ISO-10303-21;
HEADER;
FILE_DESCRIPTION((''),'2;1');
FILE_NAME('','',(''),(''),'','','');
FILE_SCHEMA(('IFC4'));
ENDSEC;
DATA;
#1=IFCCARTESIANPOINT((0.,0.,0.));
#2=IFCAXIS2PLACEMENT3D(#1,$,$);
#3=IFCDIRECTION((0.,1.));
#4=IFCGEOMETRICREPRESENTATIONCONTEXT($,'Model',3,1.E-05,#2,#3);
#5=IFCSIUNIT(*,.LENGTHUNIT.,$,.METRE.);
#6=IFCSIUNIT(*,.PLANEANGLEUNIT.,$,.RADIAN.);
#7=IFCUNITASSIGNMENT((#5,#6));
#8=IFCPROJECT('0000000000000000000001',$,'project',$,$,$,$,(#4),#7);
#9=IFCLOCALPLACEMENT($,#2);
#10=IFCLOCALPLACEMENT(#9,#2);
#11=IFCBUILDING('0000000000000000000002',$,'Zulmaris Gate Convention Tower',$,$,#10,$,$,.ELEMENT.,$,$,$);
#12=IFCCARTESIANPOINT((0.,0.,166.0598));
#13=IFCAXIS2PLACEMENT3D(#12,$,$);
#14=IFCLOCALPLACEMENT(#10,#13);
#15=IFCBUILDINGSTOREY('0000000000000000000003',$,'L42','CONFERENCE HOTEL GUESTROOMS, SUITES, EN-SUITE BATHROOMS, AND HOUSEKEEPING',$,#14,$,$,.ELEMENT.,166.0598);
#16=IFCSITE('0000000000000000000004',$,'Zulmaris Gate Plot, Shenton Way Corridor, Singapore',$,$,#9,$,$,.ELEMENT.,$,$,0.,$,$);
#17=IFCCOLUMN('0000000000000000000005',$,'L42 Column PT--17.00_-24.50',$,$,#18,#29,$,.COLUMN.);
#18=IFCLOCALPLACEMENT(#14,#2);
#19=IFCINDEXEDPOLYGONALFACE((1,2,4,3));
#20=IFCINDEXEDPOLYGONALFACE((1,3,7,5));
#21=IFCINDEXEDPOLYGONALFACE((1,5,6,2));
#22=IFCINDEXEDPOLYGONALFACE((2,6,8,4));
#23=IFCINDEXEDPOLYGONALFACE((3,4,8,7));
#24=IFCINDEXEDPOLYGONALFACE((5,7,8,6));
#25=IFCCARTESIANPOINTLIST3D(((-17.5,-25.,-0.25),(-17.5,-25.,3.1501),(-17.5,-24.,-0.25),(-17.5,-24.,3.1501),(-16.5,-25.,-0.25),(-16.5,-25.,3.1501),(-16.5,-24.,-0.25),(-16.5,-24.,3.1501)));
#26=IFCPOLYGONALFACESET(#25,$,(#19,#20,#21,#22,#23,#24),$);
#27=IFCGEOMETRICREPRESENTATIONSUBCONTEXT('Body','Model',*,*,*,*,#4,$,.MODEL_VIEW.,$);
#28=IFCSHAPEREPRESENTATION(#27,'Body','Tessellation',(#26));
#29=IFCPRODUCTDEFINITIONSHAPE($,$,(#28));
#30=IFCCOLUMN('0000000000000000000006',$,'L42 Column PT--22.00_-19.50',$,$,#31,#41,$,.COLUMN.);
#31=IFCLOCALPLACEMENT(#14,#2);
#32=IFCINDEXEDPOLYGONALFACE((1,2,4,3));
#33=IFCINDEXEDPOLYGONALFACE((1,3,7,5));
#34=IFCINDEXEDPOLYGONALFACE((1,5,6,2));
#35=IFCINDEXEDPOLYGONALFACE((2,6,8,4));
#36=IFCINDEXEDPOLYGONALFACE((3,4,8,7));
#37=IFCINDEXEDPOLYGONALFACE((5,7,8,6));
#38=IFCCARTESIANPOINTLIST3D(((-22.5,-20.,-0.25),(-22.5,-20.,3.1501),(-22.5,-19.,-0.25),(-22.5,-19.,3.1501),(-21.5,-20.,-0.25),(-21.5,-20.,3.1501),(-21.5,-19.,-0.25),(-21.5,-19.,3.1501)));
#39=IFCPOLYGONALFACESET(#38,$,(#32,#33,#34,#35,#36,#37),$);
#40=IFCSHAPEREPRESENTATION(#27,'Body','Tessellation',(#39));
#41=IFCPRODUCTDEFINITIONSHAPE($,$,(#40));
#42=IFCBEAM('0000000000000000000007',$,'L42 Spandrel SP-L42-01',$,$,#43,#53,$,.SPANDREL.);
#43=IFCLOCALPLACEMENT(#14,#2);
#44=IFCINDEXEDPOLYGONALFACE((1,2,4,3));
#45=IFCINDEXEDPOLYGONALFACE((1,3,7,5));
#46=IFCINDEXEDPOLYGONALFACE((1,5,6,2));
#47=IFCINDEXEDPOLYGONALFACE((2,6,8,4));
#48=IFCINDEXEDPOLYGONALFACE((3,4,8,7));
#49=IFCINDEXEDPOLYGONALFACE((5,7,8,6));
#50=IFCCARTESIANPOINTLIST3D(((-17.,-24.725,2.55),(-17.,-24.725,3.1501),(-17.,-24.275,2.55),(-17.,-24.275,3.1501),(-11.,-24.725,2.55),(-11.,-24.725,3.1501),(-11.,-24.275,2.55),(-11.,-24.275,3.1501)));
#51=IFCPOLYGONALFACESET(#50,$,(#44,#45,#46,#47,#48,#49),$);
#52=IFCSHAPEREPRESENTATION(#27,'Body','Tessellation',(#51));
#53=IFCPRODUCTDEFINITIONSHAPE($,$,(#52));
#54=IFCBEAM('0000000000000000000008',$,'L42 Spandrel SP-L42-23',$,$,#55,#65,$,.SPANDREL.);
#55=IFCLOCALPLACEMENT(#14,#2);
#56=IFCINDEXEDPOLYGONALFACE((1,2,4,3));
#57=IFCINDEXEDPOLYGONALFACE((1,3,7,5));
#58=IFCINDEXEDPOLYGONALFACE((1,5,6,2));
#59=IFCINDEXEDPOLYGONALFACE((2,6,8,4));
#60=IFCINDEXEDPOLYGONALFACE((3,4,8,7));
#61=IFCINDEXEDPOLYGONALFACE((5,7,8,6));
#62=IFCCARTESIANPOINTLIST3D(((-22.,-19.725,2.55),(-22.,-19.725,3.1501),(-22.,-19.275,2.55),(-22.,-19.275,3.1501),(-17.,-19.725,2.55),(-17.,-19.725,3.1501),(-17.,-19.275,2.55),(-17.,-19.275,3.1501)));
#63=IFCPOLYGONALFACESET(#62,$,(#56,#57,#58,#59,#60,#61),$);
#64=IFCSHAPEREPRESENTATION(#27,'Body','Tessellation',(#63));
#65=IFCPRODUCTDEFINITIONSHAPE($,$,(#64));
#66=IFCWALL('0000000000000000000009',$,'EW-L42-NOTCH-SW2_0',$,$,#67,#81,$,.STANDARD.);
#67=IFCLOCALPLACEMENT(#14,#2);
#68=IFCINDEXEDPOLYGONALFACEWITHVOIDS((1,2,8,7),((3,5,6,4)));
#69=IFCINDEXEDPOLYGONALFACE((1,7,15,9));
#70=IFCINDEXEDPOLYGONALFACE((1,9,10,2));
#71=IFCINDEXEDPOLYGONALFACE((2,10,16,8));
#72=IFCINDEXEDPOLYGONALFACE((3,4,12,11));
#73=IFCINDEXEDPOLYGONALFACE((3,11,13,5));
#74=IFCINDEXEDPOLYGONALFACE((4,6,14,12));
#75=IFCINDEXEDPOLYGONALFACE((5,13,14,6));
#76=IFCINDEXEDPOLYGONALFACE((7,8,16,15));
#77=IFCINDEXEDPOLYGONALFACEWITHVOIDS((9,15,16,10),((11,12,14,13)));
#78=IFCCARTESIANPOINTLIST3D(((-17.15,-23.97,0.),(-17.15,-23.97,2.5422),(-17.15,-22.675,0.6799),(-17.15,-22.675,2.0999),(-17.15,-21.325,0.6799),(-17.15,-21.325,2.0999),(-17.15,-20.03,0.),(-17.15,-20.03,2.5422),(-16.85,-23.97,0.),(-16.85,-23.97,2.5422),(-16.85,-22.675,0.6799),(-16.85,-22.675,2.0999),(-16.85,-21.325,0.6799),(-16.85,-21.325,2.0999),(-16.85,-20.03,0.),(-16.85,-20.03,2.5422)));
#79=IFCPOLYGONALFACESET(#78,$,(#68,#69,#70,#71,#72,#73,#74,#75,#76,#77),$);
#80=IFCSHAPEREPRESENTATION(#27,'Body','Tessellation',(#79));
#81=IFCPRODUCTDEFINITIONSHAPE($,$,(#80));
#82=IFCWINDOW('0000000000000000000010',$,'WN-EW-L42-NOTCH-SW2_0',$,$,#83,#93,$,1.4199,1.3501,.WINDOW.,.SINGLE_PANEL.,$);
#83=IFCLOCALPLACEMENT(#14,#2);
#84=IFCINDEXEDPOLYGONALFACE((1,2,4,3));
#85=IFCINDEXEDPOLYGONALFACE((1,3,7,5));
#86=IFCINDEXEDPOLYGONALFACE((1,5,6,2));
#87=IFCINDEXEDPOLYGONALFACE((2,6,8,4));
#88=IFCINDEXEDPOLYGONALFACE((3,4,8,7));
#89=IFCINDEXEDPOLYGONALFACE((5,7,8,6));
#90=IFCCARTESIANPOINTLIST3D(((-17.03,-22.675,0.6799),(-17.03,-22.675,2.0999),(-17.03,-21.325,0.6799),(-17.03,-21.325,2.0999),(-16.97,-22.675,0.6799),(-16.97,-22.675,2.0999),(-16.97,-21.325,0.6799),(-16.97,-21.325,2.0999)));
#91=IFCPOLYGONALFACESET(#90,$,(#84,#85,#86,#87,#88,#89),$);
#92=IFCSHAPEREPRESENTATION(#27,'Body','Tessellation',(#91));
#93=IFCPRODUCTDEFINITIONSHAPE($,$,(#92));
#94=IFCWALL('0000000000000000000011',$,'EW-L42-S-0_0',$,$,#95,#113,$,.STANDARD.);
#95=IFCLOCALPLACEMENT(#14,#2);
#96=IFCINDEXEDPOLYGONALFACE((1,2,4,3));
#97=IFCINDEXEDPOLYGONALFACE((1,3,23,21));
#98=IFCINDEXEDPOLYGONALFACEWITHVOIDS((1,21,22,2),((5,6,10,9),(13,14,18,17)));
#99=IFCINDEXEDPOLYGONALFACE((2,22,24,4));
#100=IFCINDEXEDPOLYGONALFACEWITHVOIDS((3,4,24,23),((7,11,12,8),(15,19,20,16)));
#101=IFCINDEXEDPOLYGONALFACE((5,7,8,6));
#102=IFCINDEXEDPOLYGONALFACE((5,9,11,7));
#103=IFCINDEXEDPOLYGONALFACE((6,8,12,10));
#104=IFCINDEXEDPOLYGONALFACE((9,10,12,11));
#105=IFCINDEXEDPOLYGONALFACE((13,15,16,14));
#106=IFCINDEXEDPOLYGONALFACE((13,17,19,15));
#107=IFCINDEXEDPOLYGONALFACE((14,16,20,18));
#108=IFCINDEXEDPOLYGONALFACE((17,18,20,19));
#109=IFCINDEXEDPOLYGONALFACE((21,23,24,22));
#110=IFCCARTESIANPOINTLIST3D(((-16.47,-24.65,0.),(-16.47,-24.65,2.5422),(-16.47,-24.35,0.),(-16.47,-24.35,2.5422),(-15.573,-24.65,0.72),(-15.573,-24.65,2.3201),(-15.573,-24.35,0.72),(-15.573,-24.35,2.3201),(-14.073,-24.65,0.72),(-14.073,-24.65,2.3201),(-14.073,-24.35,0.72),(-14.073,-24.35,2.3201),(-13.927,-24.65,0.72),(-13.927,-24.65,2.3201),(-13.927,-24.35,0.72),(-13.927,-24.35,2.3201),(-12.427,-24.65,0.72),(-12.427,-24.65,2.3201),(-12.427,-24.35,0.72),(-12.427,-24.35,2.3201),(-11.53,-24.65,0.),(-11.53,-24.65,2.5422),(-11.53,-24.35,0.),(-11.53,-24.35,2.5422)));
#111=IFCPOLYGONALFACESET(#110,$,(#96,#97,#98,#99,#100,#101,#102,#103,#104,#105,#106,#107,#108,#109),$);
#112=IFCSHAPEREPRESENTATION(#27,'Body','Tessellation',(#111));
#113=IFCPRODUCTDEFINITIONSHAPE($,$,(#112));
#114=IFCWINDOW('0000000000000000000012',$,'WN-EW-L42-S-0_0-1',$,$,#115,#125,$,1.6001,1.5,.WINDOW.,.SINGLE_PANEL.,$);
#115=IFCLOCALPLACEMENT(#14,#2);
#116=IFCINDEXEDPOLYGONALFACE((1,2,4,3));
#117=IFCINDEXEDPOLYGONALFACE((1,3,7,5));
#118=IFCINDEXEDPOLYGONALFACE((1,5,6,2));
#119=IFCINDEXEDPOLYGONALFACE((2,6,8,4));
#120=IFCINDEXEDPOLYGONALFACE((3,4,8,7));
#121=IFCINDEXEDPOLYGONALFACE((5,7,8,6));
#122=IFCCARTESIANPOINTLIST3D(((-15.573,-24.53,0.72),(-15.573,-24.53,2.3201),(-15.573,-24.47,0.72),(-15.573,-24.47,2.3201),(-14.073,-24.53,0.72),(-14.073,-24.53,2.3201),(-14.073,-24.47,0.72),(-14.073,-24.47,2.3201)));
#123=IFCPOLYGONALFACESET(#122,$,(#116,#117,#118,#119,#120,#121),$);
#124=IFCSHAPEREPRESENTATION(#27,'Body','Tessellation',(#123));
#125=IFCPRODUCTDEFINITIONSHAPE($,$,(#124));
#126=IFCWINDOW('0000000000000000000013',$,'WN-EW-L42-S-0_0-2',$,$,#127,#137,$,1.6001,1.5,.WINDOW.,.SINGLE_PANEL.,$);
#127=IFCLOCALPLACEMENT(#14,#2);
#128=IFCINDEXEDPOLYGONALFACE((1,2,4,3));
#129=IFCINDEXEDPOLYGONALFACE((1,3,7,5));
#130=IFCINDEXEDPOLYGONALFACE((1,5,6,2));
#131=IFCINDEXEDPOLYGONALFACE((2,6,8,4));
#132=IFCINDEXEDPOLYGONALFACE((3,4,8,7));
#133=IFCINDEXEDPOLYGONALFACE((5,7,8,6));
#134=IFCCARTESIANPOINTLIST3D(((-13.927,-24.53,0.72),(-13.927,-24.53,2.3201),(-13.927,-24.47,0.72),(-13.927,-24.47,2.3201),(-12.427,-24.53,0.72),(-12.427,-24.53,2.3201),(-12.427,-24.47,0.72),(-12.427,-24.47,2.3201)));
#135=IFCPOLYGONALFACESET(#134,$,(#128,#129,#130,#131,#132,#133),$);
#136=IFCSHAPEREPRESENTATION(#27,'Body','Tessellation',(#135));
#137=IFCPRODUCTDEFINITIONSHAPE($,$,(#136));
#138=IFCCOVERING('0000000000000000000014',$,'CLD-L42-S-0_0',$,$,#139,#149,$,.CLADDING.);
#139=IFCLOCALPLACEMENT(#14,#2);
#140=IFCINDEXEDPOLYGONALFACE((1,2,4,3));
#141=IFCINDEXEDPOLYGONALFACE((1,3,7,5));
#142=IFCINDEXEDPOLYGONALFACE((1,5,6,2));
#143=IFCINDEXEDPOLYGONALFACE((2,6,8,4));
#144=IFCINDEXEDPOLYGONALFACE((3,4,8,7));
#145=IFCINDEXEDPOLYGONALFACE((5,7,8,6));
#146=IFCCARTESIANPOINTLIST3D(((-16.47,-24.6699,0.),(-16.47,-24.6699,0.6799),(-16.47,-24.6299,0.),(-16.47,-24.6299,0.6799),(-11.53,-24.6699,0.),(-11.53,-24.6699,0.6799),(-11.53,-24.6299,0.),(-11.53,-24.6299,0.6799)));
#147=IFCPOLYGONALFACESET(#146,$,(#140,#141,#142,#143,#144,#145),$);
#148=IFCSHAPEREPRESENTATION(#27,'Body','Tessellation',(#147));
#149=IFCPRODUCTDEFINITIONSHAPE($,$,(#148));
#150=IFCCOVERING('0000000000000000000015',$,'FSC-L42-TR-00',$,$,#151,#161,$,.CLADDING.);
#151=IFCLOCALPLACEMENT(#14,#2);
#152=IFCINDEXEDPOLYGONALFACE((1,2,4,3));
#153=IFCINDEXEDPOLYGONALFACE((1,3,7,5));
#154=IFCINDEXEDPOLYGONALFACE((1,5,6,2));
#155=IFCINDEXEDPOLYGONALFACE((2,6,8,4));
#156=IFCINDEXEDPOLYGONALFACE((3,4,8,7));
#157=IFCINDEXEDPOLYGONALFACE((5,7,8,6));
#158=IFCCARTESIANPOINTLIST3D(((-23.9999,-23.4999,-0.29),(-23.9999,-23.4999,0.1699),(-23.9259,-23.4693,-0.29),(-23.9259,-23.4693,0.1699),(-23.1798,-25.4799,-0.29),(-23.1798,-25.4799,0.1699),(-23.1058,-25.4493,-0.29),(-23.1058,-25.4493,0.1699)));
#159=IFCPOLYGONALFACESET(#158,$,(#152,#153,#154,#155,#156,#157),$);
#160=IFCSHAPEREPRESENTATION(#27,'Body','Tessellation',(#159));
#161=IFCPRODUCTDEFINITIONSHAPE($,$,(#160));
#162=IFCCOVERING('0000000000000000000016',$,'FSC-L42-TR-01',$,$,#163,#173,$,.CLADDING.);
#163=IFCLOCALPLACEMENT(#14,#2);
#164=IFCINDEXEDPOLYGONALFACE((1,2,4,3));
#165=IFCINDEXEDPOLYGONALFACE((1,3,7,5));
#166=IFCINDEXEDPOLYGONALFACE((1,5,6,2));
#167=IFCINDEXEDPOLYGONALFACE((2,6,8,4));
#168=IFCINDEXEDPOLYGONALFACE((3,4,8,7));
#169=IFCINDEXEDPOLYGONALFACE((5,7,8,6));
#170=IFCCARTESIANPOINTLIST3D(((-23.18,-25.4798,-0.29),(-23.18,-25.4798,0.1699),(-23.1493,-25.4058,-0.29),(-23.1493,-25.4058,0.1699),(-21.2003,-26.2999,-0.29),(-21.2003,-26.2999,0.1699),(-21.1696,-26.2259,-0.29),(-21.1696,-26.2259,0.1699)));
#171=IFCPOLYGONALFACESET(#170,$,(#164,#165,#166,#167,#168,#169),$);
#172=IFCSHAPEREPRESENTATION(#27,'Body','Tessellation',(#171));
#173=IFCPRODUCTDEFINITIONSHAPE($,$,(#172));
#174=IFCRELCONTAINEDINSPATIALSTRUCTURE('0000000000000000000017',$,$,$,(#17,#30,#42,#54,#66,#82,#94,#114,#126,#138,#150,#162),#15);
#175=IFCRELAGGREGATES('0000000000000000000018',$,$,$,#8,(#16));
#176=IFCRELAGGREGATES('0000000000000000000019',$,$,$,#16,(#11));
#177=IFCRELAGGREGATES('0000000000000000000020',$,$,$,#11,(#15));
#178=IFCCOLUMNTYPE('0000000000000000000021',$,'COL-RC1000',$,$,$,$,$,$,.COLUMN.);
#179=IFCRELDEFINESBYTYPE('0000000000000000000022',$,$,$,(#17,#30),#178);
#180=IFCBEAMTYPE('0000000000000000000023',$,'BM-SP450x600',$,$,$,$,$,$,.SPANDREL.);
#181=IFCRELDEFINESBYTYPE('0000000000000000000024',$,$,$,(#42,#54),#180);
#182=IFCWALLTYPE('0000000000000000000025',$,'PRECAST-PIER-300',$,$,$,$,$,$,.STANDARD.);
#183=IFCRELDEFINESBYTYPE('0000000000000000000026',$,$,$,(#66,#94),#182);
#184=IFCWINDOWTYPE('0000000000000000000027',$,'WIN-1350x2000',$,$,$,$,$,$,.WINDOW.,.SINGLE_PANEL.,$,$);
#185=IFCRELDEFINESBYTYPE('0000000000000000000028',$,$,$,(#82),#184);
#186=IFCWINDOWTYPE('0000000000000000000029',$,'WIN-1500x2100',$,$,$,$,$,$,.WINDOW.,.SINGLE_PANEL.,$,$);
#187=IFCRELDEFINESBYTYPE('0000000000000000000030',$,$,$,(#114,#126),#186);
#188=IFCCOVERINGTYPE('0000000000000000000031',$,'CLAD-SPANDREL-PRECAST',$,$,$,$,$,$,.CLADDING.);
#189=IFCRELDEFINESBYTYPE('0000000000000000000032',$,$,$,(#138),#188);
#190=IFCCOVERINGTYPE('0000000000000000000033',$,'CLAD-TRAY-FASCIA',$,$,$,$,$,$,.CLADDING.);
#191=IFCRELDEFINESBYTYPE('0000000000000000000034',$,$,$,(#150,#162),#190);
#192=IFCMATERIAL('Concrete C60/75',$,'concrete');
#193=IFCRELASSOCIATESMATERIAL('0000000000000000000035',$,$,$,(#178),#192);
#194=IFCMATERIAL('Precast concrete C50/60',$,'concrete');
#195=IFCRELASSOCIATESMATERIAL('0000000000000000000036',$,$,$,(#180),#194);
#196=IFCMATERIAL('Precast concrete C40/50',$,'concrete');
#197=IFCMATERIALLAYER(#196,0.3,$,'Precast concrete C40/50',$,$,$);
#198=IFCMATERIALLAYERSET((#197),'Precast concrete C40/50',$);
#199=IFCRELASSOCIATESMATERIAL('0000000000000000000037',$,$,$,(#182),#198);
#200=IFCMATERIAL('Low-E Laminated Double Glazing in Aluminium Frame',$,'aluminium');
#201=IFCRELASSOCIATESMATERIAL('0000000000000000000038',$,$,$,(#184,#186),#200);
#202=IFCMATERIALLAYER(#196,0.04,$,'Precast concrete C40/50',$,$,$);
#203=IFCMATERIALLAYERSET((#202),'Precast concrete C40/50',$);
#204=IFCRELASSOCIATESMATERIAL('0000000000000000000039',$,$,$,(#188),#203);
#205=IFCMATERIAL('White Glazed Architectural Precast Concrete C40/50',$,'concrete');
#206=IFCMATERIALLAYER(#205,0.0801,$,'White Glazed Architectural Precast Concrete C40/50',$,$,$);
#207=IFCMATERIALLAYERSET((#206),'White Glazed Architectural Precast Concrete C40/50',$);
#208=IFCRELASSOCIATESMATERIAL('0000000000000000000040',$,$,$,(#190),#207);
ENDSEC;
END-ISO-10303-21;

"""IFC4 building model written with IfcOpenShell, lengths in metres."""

from ifc_helpers import new_model, si_unit, direction, frame, frame_2d, origin, origin_2d, place, context, subcontext, project, spatial, rectangle, extrude, material, layer, layer_set, material_profile, profile_set, type_object, element, fill, save


model = new_model("IFC4")

# Units and contexts
model_context = context("Model", 3, precision=1e-05, world=origin(), true_north=direction((0.0, 1.0)))
body_context = subcontext(model_context, "Body", "Model", "MODEL_VIEW")
ifc_project = project(units=[si_unit("LENGTHUNIT", "METRE"), si_unit("PLANEANGLEUNIT", "RADIAN")], contexts=[model_context])

# Site, building, storey
site_placement = place(None, origin())
site = spatial("IfcSite", under=ifc_project, at=site_placement, Name="Zulmaris Gate Plot, Shenton Way Corridor, Singapore", CompositionType="ELEMENT", RefElevation=0.0)
building_placement = place(site_placement, origin())
building = spatial("IfcBuilding", under=site, at=building_placement, Name="Zulmaris Gate Convention Tower", CompositionType="ELEMENT")
storey_placement = place(building_placement, frame((0.0, 0.0, 166.0598)))
storey = spatial("IfcBuildingStorey", under=building, at=storey_placement, Name="L42", Description="CONFERENCE HOTEL GUESTROOMS, SUITES, EN-SUITE BATHROOMS, AND HOUSEKEEPING", CompositionType="ELEMENT", Elevation=166.0598)

# Columns
ifc_material_1 = material(Name="Concrete C60/75", Category="concrete")
ifc_material_profile_1 = material_profile(ifc_material_1, rectangle(XDim=1.0, YDim=1.0, at=origin_2d()), Name="RC COL 1000x1000")
ifc_profile_set_1 = profile_set([ifc_material_profile_1], Name="Concrete C60/75")
column_type = type_object("IfcColumnType", Name="COL-RC1000", PredefinedType="COLUMN", material=ifc_profile_set_1)
for number, where, z_axis, x_axis, name in (
    (1, (-17.0, -24.5, -0.25), (0.0, 0.0, 1.0), (1.0, 0.0, 0.0), "L42 Column PT--17.00_-24.50"),
    (2, (-22.0, -19.5, -0.25), (0.0, 0.0, 1.0), (1.0, 0.0, 0.0), "L42 Column PT--22.00_-19.50"),
):
    element("IfcColumn", number, at=place(storey_placement, frame(where, z_axis=z_axis, x_axis=x_axis)), inside=storey, type_object=column_type, Name=name, PredefinedType="COLUMN", context=body_context, shape_type="SweptSolid", body=[
        extrude(rectangle(XDim=1.0, YDim=1.0, at=origin_2d()), origin(), (0.0, 0.0, 1.0), 3.4001),
    ])

# Beams
ifc_material_2 = material(Name="Precast concrete C50/60", Category="concrete")
ifc_material_profile_2 = material_profile(ifc_material_2, rectangle(XDim=0.45, YDim=0.6001, at=origin_2d()), Name="RC SPANDREL 450x600")
ifc_profile_set_2 = profile_set([ifc_material_profile_2], Name="Precast concrete C50/60")
beam_type = type_object("IfcBeamType", Name="BM-SP450x600", PredefinedType="SPANDREL", material=ifc_profile_set_2)
beam_1_placement = place(storey_placement, frame((-17.0, -24.5, 2.8501), z_axis=(1.0, 0.0, 0.0), x_axis=(0.0, 1.0, 0.0)))
element("IfcBeam", 3, at=beam_1_placement, inside=storey, type_object=beam_type, Name="L42 Spandrel SP-L42-01", PredefinedType="SPANDREL", context=body_context, shape_type="SweptSolid", body=[
    extrude(rectangle(XDim=0.45, YDim=0.6001, at=origin_2d()), origin(), (0.0, 0.0, 1.0), 6.0),
])
beam_2_placement = place(storey_placement, frame((-22.0, -19.5, 2.8501), z_axis=(1.0, 0.0, 0.0), x_axis=(0.0, 1.0, 0.0)))
element("IfcBeam", 4, at=beam_2_placement, inside=storey, type_object=beam_type, Name="L42 Spandrel SP-L42-23", PredefinedType="SPANDREL", context=body_context, shape_type="SweptSolid", body=[
    extrude(rectangle(XDim=0.45, YDim=0.6001, at=origin_2d()), origin(), (0.0, 0.0, 1.0), 5.0),
])

# Wall, opening, window
ifc_material_3 = material(Name="Precast concrete C40/50", Category="concrete")
ifc_layer_1 = layer(ifc_material_3, 0.3, Name="Precast concrete C40/50")
ifc_layer_set_1 = layer_set([ifc_layer_1], Name="Precast concrete C40/50")
wall_type = type_object("IfcWallType", Name="PRECAST-PIER-300", PredefinedType="STANDARD", material=ifc_layer_set_1)
wall_1_placement = place(storey_placement, frame((-17.0, -20.03, 0.0), z_axis=(0.0, 0.0, 1.0), x_axis=(0.0, -1.0, 0.0)))
wall_1 = element("IfcWall", 5, at=wall_1_placement, inside=storey, type_object=wall_type, Name="EW-L42-NOTCH-SW2_0", PredefinedType="STANDARD", context=body_context, shape_type="SweptSolid", body=[
    extrude(rectangle(XDim=3.9399, YDim=0.3, at=frame_2d((1.97, 0.0))), origin(), (0.0, 0.0, 1.0), 2.5422),
])
opening_1_placement = place(wall_1_placement, frame((1.2949, 0.0, 0.6799)))
opening_1 = element("IfcOpeningElement", 6, at=opening_1_placement, cuts=wall_1, PredefinedType="OPENING", context=body_context, shape_type="SweptSolid", body=[
    extrude(rectangle(XDim=1.3501, YDim=1.4199, at=frame_2d((0.675, 0.71))), frame((0.0, 0.1602, 0.0), z_axis=(0.0, -1.0, 0.0), x_axis=(1.0, 0.0, 0.0)), (0.0, 0.0, 1.0), 0.3201),
])
ifc_material_4 = material(Name="Low-E Laminated Double Glazing in Aluminium Frame", Category="aluminium")
window_type_1 = type_object("IfcWindowType", Name="WIN-1350x2000", PartitioningType="SINGLE_PANEL", PredefinedType="WINDOW", material=ifc_material_4)
window_1_placement = place(opening_1_placement, origin())
window_1 = element("IfcWindow", 7, at=window_1_placement, inside=storey, type_object=window_type_1, Name="WN-EW-L42-NOTCH-SW2_0", OverallHeight=1.4199, OverallWidth=1.3501, PartitioningType="SINGLE_PANEL", PredefinedType="WINDOW", context=body_context, shape_type="SweptSolid", body=[
    extrude(rectangle(XDim=1.3501, YDim=1.4199, at=frame_2d((0.675, 0.71))), frame((0.0, 0.03, 0.0), z_axis=(0.0, -1.0, 0.0), x_axis=(1.0, 0.0, 0.0)), (0.0, 0.0, 1.0), 0.0601),
])
fill(opening_1, window_1)

# Wall, openings, windows
wall_2_placement = place(storey_placement, frame((-16.47, -24.5, 0.0), z_axis=(0.0, 0.0, 1.0), x_axis=(1.0, 0.0, 0.0)))
wall_2 = element("IfcWall", 8, at=wall_2_placement, inside=storey, type_object=wall_type, Name="EW-L42-S-0_0", PredefinedType="STANDARD", context=body_context, shape_type="SweptSolid", body=[
    extrude(rectangle(XDim=4.9399, YDim=0.3, at=frame_2d((2.47, 0.0))), origin(), (0.0, 0.0, 1.0), 2.5422),
])
opening_2_placement = place(wall_2_placement, frame((0.897, 0.0, 0.72)))
opening_2 = element("IfcOpeningElement", 9, at=opening_2_placement, cuts=wall_2, PredefinedType="OPENING", context=body_context, shape_type="SweptSolid", body=[
    extrude(rectangle(XDim=1.5, YDim=1.6001, at=frame_2d((0.75, 0.8))), frame((0.0, 0.1602, 0.0), z_axis=(0.0, -1.0, 0.0), x_axis=(1.0, 0.0, 0.0)), (0.0, 0.0, 1.0), 0.3201),
])
opening_3_placement = place(wall_2_placement, frame((2.543, 0.0, 0.72)))
opening_3 = element("IfcOpeningElement", 10, at=opening_3_placement, cuts=wall_2, PredefinedType="OPENING", context=body_context, shape_type="SweptSolid", body=[
    extrude(rectangle(XDim=1.5, YDim=1.6001, at=frame_2d((0.75, 0.8))), frame((0.0, 0.1602, 0.0), z_axis=(0.0, -1.0, 0.0), x_axis=(1.0, 0.0, 0.0)), (0.0, 0.0, 1.0), 0.3201),
])
window_type_2 = type_object("IfcWindowType", Name="WIN-1500x2100", PartitioningType="SINGLE_PANEL", PredefinedType="WINDOW", material=ifc_material_4)
window_2_placement = place(opening_2_placement, origin())
window_2 = element("IfcWindow", 11, at=window_2_placement, inside=storey, type_object=window_type_2, Name="WN-EW-L42-S-0_0-1", OverallHeight=1.6001, OverallWidth=1.5, PartitioningType="SINGLE_PANEL", PredefinedType="WINDOW", context=body_context, shape_type="SweptSolid", body=[
    extrude(rectangle(XDim=1.5, YDim=1.6001, at=frame_2d((0.75, 0.8))), frame((0.0, 0.03, 0.0), z_axis=(0.0, -1.0, 0.0), x_axis=(1.0, 0.0, 0.0)), (0.0, 0.0, 1.0), 0.0601),
])
fill(opening_2, window_2)
window_3_placement = place(opening_3_placement, origin())
window_3 = element("IfcWindow", 12, at=window_3_placement, inside=storey, type_object=window_type_2, Name="WN-EW-L42-S-0_0-2", OverallHeight=1.6001, OverallWidth=1.5, PartitioningType="SINGLE_PANEL", PredefinedType="WINDOW", context=body_context, shape_type="SweptSolid", body=[
    extrude(rectangle(XDim=1.5, YDim=1.6001, at=frame_2d((0.75, 0.8))), frame((0.0, 0.03, 0.0), z_axis=(0.0, -1.0, 0.0), x_axis=(1.0, 0.0, 0.0)), (0.0, 0.0, 1.0), 0.0601),
])
fill(opening_3, window_3)

# Coverings
ifc_layer_2 = layer(ifc_material_3, 0.04, Name="Precast concrete C40/50")
ifc_layer_set_2 = layer_set([ifc_layer_2], Name="Precast concrete C40/50")
covering_type_1 = type_object("IfcCoveringType", Name="CLAD-SPANDREL-PRECAST", PredefinedType="CLADDING", material=ifc_layer_set_2)
covering_1_placement = place(storey_placement, frame((-16.47, -24.6499, 0.0), z_axis=(0.0, 0.0, 1.0), x_axis=(1.0, 0.0, 0.0)))
element("IfcCovering", 13, at=covering_1_placement, inside=storey, type_object=covering_type_1, Name="CLD-L42-S-0_0", PredefinedType="CLADDING", context=body_context, shape_type="SweptSolid", body=[
    extrude(rectangle(XDim=4.9399, YDim=0.04, at=frame_2d((2.47, 0.0))), origin(), (0.0, 0.0, 1.0), 0.6799),
])
ifc_material_5 = material(Name="White Glazed Architectural Precast Concrete C40/50", Category="concrete")
ifc_layer_3 = layer(ifc_material_5, 0.0801, Name="White Glazed Architectural Precast Concrete C40/50")
ifc_layer_set_3 = layer_set([ifc_layer_3], Name="White Glazed Architectural Precast Concrete C40/50")
covering_type_2 = type_object("IfcCoveringType", Name="CLAD-TRAY-FASCIA", PredefinedType="CLADDING", material=ifc_layer_set_3)
covering_2_placement = place(storey_placement, frame((-23.9629, -23.4846, -0.29), z_axis=(0.0, 0.0, 1.0), x_axis=(0.382657, -0.92389, 0.0)))
element("IfcCovering", 14, at=covering_2_placement, inside=storey, type_object=covering_type_2, Name="FSC-L42-TR-00", PredefinedType="CLADDING", context=body_context, shape_type="SweptSolid", body=[
    extrude(rectangle(XDim=2.1431, YDim=0.0801, at=frame_2d((1.0715, 0.0))), origin(), (0.0, 0.0, 1.0), 0.46),
])
covering_3_placement = place(storey_placement, frame((-23.1646, -25.4429, -0.29), z_axis=(0.0, 0.0, 1.0), x_axis=(0.923874, -0.382697, 0.0)))
element("IfcCovering", 15, at=covering_3_placement, inside=storey, type_object=covering_type_2, Name="FSC-L42-TR-01", PredefinedType="CLADDING", context=body_context, shape_type="SweptSolid", body=[
    extrude(rectangle(XDim=2.1428, YDim=0.0801, at=frame_2d((1.0713, 0.0))), origin(), (0.0, 0.0, 1.0), 0.46),
])

save(model, "model.ifc")
